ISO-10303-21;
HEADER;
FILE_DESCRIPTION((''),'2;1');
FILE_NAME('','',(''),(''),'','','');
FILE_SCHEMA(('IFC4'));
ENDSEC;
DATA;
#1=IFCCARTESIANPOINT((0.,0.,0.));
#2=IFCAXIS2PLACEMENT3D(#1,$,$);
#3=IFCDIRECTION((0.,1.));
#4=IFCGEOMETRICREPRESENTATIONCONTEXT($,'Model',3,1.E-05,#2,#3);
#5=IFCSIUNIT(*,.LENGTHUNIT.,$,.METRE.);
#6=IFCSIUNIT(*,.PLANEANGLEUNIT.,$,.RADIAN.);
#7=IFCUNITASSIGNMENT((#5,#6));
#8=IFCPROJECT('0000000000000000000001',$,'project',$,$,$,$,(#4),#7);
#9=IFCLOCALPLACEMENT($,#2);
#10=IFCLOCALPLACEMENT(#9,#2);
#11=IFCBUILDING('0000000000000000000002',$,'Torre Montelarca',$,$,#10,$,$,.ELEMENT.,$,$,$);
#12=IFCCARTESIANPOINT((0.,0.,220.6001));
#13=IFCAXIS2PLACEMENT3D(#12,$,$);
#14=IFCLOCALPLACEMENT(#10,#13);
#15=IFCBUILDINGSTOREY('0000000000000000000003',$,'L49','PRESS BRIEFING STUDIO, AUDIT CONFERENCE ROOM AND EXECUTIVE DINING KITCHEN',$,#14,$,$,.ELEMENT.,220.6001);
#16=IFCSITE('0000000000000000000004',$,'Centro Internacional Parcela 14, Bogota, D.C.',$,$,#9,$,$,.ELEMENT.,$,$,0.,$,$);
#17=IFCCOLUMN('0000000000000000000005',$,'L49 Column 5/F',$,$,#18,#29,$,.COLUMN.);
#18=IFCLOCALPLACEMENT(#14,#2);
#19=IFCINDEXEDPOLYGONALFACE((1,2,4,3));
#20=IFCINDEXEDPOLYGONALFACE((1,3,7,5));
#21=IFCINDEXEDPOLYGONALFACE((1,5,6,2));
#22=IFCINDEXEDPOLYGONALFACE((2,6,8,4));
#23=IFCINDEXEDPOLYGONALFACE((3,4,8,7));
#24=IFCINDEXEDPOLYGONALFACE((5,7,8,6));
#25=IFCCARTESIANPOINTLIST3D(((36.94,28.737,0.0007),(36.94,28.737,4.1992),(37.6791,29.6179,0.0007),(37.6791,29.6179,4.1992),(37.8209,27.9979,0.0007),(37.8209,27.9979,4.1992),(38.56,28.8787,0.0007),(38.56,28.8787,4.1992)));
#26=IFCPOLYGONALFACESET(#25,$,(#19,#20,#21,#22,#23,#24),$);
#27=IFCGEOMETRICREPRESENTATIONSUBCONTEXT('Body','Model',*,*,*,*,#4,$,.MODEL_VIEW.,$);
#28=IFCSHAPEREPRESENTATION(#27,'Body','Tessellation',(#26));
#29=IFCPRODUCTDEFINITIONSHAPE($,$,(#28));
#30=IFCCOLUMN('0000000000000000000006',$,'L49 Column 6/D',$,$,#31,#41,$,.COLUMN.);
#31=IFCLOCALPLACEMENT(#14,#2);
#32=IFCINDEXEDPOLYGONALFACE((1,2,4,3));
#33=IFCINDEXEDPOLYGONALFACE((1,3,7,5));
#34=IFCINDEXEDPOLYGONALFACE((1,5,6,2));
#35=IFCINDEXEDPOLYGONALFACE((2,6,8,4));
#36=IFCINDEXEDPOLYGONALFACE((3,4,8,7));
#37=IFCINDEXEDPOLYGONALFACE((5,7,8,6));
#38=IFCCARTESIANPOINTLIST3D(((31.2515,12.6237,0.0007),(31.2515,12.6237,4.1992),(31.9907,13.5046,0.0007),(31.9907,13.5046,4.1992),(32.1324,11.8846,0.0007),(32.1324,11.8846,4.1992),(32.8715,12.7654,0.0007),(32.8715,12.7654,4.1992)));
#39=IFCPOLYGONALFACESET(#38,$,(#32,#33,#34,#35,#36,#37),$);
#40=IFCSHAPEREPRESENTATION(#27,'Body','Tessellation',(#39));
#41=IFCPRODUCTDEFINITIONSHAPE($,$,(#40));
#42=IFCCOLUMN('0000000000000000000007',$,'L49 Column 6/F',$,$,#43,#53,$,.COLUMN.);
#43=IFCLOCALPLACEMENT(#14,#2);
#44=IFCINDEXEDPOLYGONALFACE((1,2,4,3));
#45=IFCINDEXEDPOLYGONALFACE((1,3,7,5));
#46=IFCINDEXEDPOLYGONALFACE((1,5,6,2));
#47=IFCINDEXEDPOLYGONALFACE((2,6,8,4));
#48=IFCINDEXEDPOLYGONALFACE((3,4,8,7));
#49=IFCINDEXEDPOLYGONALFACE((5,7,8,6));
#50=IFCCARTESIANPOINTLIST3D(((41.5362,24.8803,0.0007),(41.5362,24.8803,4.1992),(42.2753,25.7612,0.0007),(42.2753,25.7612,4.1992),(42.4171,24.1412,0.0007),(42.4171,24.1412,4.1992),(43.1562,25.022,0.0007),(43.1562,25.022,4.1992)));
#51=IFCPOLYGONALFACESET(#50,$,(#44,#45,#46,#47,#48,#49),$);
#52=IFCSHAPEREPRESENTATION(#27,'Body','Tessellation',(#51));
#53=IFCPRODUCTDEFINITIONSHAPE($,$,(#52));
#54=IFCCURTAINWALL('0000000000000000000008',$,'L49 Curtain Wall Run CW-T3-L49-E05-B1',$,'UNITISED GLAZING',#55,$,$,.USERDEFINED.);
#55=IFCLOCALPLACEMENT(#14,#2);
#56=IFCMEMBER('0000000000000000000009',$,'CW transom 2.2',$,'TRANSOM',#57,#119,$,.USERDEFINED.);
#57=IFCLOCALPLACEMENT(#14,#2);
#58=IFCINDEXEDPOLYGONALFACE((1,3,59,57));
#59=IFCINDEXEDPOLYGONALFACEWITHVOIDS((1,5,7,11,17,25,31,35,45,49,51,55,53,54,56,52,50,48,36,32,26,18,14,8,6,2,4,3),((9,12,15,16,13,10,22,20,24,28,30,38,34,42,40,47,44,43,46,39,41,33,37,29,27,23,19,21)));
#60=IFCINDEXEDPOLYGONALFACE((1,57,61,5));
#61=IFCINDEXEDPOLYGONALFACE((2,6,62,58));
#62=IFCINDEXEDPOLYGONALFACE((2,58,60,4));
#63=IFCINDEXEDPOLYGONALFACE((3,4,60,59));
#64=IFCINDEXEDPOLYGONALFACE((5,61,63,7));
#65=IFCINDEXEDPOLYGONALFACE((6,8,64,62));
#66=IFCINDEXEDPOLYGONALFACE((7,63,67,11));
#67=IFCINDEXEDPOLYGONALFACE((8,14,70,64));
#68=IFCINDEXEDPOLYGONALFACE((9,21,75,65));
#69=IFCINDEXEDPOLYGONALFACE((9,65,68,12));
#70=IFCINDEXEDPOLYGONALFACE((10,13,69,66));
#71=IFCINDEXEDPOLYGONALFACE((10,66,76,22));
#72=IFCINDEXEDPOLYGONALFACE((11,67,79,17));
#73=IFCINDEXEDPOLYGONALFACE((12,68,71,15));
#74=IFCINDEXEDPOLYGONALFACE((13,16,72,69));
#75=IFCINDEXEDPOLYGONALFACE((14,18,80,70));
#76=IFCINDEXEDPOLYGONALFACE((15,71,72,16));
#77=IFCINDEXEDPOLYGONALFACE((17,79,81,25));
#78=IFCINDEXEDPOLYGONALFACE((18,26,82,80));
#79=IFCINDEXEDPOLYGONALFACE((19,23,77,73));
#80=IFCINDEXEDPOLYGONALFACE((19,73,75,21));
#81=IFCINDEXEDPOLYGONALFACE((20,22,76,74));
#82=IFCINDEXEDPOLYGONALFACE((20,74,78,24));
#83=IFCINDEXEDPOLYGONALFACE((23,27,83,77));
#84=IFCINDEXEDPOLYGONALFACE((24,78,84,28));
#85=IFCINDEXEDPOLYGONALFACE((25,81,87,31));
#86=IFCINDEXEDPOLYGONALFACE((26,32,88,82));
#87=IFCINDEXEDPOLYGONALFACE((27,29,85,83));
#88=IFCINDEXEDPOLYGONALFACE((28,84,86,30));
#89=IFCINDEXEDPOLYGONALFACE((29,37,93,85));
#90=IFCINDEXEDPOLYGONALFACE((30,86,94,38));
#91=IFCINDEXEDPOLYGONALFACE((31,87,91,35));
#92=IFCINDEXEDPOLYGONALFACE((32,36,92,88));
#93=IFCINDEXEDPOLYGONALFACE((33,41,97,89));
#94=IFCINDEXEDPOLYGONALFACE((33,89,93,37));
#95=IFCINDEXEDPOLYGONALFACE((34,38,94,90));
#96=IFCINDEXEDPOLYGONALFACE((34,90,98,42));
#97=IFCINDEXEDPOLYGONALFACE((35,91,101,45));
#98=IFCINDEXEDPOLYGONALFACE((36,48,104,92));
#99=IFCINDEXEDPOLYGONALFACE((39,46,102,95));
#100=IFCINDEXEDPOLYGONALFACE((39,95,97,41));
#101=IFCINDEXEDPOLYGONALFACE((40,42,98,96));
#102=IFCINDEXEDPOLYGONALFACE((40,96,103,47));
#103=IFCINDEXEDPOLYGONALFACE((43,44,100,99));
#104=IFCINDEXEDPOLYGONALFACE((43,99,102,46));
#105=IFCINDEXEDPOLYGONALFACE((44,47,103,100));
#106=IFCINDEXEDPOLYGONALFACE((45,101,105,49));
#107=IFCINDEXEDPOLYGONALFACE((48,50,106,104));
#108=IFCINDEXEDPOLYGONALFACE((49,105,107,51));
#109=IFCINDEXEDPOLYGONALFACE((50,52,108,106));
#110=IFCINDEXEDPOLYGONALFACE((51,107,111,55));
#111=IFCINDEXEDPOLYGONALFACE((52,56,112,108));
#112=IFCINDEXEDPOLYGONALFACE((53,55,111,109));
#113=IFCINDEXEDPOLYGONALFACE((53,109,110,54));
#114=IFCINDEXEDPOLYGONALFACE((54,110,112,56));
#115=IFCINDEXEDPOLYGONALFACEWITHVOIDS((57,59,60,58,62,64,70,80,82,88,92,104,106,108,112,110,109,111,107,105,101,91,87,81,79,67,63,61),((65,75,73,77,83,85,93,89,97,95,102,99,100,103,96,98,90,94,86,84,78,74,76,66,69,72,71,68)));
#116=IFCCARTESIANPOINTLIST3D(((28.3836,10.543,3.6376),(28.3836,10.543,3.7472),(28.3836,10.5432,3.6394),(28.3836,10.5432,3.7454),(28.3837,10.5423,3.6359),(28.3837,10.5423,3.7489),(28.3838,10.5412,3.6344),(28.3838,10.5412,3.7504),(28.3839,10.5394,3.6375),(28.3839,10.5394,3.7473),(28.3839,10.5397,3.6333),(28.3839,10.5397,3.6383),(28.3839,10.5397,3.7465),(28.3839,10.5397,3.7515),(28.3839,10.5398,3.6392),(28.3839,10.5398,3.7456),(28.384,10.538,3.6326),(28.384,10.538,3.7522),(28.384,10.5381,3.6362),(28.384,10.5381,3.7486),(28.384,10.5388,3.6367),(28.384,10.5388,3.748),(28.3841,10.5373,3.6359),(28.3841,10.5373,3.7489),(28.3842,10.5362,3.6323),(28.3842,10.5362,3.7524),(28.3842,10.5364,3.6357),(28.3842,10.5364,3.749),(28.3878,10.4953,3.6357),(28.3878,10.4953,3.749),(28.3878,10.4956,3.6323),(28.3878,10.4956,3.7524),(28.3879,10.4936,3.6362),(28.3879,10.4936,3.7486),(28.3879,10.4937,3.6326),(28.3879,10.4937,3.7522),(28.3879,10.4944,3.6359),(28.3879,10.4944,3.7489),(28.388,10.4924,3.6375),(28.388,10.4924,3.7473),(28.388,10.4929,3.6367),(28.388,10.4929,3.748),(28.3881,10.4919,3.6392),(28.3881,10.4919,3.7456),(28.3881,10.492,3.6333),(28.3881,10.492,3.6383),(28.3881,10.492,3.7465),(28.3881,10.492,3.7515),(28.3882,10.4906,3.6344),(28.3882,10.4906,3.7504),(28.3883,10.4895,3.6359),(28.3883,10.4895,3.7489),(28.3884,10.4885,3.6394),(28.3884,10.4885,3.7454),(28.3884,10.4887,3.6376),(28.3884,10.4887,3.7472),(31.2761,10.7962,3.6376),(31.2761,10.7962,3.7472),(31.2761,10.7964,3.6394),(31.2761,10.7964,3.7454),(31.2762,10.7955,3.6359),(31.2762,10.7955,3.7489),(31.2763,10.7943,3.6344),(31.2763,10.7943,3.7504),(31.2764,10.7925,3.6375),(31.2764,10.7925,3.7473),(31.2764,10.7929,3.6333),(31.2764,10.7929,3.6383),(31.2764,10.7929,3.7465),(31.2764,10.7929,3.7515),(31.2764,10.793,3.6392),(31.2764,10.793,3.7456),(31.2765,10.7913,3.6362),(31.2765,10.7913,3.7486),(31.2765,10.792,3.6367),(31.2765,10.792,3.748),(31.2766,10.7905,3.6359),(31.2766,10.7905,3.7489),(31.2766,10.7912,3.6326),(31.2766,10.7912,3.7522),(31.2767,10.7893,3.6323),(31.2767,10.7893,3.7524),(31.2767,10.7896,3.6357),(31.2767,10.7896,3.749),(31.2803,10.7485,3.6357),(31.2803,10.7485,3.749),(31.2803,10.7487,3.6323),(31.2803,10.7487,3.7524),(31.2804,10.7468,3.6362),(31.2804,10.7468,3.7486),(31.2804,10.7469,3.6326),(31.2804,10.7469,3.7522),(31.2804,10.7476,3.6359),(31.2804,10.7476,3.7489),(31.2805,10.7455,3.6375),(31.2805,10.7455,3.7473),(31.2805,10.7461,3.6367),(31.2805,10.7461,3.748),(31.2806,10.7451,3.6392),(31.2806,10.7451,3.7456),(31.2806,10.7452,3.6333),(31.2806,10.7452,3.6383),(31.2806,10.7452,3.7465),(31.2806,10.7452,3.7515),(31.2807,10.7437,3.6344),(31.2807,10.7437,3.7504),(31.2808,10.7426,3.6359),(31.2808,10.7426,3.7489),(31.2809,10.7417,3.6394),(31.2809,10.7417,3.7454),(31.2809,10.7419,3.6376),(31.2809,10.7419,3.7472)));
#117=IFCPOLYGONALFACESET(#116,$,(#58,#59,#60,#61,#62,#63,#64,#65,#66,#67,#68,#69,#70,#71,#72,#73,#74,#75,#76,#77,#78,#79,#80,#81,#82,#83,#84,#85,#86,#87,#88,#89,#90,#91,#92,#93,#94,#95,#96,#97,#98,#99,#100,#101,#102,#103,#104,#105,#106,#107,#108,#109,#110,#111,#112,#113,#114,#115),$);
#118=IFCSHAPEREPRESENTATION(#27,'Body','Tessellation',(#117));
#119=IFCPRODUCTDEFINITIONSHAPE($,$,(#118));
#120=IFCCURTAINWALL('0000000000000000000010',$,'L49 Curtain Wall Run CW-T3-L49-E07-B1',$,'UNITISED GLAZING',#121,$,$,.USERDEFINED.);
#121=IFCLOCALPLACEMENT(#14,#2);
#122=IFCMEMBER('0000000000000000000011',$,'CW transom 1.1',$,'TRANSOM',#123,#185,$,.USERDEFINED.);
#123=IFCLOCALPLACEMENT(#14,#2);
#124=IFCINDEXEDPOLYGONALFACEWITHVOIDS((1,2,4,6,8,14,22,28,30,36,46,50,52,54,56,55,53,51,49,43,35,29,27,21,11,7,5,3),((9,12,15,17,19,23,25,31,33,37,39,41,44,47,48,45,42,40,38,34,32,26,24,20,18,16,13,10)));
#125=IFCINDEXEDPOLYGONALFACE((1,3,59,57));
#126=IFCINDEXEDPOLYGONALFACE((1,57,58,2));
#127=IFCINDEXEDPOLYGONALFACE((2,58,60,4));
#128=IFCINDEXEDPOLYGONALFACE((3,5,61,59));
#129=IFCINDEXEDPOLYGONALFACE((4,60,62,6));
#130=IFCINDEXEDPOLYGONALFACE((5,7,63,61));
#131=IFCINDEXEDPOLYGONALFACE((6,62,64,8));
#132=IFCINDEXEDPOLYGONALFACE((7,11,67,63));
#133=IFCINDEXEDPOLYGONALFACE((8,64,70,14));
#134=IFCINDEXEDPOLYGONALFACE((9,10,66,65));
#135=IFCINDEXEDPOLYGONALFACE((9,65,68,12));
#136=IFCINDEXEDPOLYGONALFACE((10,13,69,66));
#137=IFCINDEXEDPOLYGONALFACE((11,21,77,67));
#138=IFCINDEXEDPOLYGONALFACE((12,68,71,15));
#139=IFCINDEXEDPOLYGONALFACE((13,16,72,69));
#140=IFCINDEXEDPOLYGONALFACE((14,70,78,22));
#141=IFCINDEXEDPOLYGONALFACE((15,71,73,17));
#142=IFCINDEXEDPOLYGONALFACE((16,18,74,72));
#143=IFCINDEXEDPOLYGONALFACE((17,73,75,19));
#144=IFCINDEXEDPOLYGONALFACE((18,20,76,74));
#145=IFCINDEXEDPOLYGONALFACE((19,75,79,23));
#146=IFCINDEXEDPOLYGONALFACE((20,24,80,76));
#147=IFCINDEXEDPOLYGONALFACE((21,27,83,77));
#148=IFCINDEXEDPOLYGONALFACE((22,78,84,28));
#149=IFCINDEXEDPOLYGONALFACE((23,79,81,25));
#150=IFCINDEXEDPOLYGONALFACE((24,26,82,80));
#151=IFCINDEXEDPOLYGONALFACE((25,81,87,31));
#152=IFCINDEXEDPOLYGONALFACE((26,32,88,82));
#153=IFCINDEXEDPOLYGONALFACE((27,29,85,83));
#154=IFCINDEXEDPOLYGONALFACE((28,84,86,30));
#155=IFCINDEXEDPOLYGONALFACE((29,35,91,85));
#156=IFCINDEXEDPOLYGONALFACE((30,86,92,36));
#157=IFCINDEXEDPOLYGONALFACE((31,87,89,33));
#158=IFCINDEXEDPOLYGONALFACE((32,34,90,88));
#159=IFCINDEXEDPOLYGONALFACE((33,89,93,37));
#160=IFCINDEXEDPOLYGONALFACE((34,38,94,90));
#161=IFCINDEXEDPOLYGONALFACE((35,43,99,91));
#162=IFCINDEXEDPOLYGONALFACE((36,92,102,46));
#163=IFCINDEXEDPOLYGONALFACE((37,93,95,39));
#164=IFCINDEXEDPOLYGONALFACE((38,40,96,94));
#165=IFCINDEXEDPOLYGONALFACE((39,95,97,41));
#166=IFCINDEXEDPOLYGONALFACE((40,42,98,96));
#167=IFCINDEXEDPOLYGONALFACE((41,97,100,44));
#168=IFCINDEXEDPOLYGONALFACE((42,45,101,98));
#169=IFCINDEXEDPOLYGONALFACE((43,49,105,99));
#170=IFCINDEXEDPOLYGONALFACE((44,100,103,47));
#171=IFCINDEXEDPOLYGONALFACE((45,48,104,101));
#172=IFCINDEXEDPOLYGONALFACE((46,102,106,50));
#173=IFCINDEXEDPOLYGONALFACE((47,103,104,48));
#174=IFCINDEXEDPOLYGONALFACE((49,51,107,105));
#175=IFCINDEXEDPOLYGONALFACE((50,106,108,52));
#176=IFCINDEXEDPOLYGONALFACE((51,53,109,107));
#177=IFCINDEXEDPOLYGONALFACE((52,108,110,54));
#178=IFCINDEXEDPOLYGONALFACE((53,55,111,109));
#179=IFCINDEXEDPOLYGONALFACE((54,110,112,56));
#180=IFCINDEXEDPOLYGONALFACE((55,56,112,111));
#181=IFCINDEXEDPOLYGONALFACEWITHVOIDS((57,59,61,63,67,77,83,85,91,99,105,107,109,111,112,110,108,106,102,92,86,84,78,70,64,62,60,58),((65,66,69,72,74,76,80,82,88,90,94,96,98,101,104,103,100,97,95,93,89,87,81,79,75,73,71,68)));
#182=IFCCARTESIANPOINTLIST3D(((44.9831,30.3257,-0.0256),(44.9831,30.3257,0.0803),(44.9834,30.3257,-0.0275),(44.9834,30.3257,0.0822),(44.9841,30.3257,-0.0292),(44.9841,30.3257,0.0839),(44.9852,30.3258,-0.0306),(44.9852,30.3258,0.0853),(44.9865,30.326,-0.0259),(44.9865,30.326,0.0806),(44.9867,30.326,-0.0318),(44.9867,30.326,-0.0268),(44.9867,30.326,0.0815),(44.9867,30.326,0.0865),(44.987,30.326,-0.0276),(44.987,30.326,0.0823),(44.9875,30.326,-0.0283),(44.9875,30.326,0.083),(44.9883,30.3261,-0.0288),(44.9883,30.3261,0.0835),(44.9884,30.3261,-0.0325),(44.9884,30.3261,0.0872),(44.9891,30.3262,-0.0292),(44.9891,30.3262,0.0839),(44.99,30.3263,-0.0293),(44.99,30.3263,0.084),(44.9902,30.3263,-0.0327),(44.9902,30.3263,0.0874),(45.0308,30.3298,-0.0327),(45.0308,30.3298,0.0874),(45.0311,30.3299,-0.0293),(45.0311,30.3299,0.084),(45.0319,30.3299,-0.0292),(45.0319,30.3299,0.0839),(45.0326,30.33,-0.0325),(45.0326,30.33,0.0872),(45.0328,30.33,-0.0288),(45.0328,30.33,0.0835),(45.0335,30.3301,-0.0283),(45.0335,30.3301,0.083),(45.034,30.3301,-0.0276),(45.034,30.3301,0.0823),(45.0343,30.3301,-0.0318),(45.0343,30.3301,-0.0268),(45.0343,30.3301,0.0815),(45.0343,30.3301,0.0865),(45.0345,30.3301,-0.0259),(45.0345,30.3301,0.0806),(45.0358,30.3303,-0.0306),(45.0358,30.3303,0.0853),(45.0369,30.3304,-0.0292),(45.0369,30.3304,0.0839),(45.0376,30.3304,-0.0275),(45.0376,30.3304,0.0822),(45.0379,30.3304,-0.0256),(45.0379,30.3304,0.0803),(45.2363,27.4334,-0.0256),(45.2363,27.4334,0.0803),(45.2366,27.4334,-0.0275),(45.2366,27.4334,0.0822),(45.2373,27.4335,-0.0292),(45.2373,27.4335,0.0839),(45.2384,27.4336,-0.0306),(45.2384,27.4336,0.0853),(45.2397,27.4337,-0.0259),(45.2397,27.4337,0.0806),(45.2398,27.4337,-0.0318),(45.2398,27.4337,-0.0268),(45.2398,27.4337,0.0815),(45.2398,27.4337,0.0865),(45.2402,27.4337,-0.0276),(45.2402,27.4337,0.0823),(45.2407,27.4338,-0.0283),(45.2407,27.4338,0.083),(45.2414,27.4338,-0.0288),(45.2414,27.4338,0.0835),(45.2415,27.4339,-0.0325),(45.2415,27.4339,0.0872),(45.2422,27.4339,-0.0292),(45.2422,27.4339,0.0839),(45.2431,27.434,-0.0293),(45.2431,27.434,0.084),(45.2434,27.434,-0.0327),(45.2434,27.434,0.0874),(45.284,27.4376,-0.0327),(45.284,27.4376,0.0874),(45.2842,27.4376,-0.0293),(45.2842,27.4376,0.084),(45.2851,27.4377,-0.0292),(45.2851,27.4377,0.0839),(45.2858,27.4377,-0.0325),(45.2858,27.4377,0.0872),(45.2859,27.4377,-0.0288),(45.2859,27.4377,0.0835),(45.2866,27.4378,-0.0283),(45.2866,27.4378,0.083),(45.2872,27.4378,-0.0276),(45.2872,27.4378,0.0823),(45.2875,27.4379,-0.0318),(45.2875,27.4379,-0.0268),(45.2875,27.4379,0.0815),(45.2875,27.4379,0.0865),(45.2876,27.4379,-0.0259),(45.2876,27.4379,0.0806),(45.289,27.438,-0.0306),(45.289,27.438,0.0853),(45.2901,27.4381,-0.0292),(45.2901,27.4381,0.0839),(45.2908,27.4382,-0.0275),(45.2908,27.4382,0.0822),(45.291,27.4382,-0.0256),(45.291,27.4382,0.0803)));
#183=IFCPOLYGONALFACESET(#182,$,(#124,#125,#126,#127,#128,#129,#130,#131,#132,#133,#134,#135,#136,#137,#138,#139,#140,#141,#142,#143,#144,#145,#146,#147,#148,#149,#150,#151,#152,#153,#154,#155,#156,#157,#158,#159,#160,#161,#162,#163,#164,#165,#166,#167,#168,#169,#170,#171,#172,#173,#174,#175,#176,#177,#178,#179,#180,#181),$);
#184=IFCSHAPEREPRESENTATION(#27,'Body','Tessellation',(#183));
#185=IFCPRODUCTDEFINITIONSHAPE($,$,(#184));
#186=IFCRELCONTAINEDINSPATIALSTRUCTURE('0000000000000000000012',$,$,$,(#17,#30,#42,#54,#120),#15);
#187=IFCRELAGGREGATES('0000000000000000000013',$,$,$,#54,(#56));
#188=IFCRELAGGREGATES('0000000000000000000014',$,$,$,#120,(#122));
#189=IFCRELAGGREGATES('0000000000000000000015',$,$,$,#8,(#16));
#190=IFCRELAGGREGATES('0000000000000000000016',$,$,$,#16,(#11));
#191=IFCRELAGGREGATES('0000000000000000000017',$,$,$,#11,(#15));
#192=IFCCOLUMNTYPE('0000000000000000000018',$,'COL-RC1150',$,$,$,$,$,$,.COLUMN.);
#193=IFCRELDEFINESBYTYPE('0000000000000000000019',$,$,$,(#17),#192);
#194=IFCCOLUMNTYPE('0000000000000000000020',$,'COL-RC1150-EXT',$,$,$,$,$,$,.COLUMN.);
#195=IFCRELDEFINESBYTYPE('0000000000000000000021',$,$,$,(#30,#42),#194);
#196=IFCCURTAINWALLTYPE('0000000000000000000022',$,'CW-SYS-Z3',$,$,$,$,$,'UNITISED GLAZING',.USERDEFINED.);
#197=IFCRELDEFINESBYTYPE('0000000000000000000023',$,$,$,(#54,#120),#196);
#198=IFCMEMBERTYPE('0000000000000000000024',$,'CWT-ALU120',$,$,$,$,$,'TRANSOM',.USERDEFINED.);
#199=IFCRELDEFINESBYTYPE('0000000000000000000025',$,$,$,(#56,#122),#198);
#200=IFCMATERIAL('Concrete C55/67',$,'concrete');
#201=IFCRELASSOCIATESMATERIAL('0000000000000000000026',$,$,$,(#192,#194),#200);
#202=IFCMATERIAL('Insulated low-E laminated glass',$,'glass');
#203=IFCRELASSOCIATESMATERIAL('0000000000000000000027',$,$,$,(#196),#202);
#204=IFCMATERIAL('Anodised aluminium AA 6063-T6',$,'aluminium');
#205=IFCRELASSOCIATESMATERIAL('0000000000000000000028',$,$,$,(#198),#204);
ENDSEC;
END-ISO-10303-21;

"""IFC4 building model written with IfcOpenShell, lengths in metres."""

from ifc_helpers import new_model, si_unit, direction, frame, origin, origin_2d, place, context, subcontext, project, spatial, rectangle, hollow_rectangle, extrude, source, transform, mapped, material, material_profile, profile_set, type_object, element, aggregate, save


model = new_model("IFC4")

# Units and contexts
model_context = context("Model", 3, precision=1e-05, world=origin(), true_north=direction((0.0, 1.0)))
body_context = subcontext(model_context, "Body", "Model", "MODEL_VIEW")
ifc_project = project(units=[si_unit("LENGTHUNIT", "METRE"), si_unit("PLANEANGLEUNIT", "RADIAN")], contexts=[model_context])

# Site, building, storey
site_placement = place(None, origin())
site = spatial("IfcSite", under=ifc_project, at=site_placement, Name="Centro Internacional Parcela 14, Bogota, D.C.", CompositionType="ELEMENT", RefElevation=0.0)
building_placement = place(site_placement, origin())
building = spatial("IfcBuilding", under=site, at=building_placement, Name="Torre Montelarca", CompositionType="ELEMENT")
storey_placement = place(building_placement, frame((0.0, 0.0, 220.6001)))
storey = spatial("IfcBuildingStorey", under=building, at=storey_placement, Name="L49", Description="PRESS BRIEFING STUDIO, AUDIT CONFERENCE ROOM AND EXECUTIVE DINING KITCHEN", CompositionType="ELEMENT", Elevation=220.6001)

# Columns
ifc_material_1 = material(Name="Concrete C55/67", Category="concrete")
ifc_material_profile_1 = material_profile(ifc_material_1, rectangle(XDim=1.1499, YDim=1.1499, at=origin_2d()), Name="RC1150X1150", Category="concrete")
ifc_profile_set_1 = profile_set([ifc_material_profile_1], Name="Concrete C55/67")
column_type_1 = type_object("IfcColumnType", Name="COL-RC1150", PredefinedType="COLUMN", material=ifc_profile_set_1)
shared_shape_1 = source(origin(), body_context, "Body", "SweptSolid", [
    extrude(rectangle(XDim=1.1499, YDim=1.1499, at=origin_2d()), origin(), (0.0, 0.0, 1.0), 4.1985),
])
column_placement = place(storey_placement, frame((37.75, 28.8079, 0.0007), z_axis=(0.0, 0.0, 1.0), x_axis=(-0.766044, 0.642788, 0.0)))
element("IfcColumn", 1, at=column_placement, inside=storey, type_object=column_type_1, Name="L49 Column 5/F", PredefinedType="COLUMN", context=body_context, shape_type="MappedRepresentation", body=[
    mapped(shared_shape_1, transform((0.0, 0.0, 0.0), scale=1.0)),
])
ifc_material_profile_2 = material_profile(ifc_material_1, rectangle(XDim=1.1499, YDim=1.1499, at=origin_2d()), Name="RC1150X1150", Category="concrete")
ifc_profile_set_2 = profile_set([ifc_material_profile_2], Name="Concrete C55/67")
column_type_2 = type_object("IfcColumnType", Name="COL-RC1150-EXT", PredefinedType="COLUMN", material=ifc_profile_set_2)
shared_shape_2 = source(origin(), body_context, "Body", "SweptSolid", [
    extrude(rectangle(XDim=1.1499, YDim=1.1499, at=origin_2d()), origin(), (0.0, 0.0, 1.0), 4.1985),
])
for number, where, z_axis, x_axis, name in (
    (2, (32.0615, 12.6946, 0.0007), (0.0, 0.0, 1.0), (-0.766044, 0.642788, 0.0), "L49 Column 6/D"),
    (3, (42.3462, 24.9512, 0.0007), (0.0, 0.0, 1.0), (-0.766044, 0.642788, 0.0), "L49 Column 6/F"),
):
    element("IfcColumn", number, at=place(storey_placement, frame(where, z_axis=z_axis, x_axis=x_axis)), inside=storey, type_object=column_type_2, Name=name, PredefinedType="COLUMN", context=body_context, shape_type="MappedRepresentation", body=[
        mapped(shared_shape_2, transform((0.0, 0.0, 0.0), scale=1.0)),
    ])

# Curtain wall, member
ifc_material_2 = material(Name="Insulated low-E laminated glass", Category="glass")
curtain_wall_type = type_object("IfcCurtainWallType", Name="CW-SYS-Z3", ElementType="UNITISED GLAZING", PredefinedType="USERDEFINED", material=ifc_material_2)
curtain_wall_1_placement = place(storey_placement, origin())
curtain_wall_1 = element("IfcCurtainWall", 4, at=curtain_wall_1_placement, inside=storey, type_object=curtain_wall_type, Name="L49 Curtain Wall Run CW-T3-L49-E05-B1", ObjectType="UNITISED GLAZING", PredefinedType="USERDEFINED")
ifc_material_3 = material(Name="Anodised aluminium AA 6063-T6", Category="aluminium")
ifc_material_profile_3 = material_profile(ifc_material_3, hollow_rectangle(XDim=0.0549, YDim=0.1201, WallThickness=0.0034, InnerFilletRadius=0.0034, OuterFilletRadius=0.0071, at=origin_2d()), Name="ALU55X120X3.5", Category="aluminium")
ifc_profile_set_3 = profile_set([ifc_material_profile_3], Name="Anodised aluminium AA 6063-T6")
member_type_1 = type_object("IfcMemberType", Name="CWT-ALU120", ElementType="TRANSOM", PredefinedType="USERDEFINED", material=ifc_profile_set_3)
shared_shape_3 = source(origin(), body_context, "Body", "SweptSolid", [
    extrude(hollow_rectangle(XDim=0.0549, YDim=0.1201, WallThickness=0.0034, InnerFilletRadius=0.0034, OuterFilletRadius=0.0071, at=origin_2d()), origin(), (0.0, 0.0, 1.0), 2.9036),
])
member_1_placement = place(storey_placement, frame((28.386, 10.5159, 3.6924), z_axis=(0.996192, 0.087192, 0.0), x_axis=(-0.087192, 0.996192, 0.0)))
member_1 = element("IfcMember", 5, at=member_1_placement, type_object=member_type_1, Name="CW transom 2.2", ObjectType="TRANSOM", PredefinedType="USERDEFINED", context=body_context, shape_type="MappedRepresentation", body=[
    mapped(shared_shape_3, transform((0.0, 0.0, 0.0), scale=1.0)),
])

# Curtain wall, member
curtain_wall_2_placement = place(storey_placement, origin())
curtain_wall_2 = element("IfcCurtainWall", 6, at=curtain_wall_2_placement, inside=storey, type_object=curtain_wall_type, Name="L49 Curtain Wall Run CW-T3-L49-E07-B1", ObjectType="UNITISED GLAZING", PredefinedType="USERDEFINED")
shared_shape_4 = source(origin(), body_context, "Body", "SweptSolid", [
    extrude(hollow_rectangle(XDim=0.0549, YDim=0.1201, WallThickness=0.0034, InnerFilletRadius=0.0034, OuterFilletRadius=0.0071, at=origin_2d()), origin(), (0.0, 0.0, 1.0), 2.9033),
])
member_2_placement = place(storey_placement, frame((45.2637, 27.4358, 0.0273), z_axis=(-0.087199, 0.996191, 0.0), x_axis=(-0.996191, -0.087199, 0.0)))
member_2 = element("IfcMember", 7, at=member_2_placement, type_object=member_type_1, Name="CW transom 1.1", ObjectType="TRANSOM", PredefinedType="USERDEFINED", context=body_context, shape_type="MappedRepresentation", body=[
    mapped(shared_shape_4, transform((0.0, 0.0, 0.0), scale=1.0)),
])

aggregate(curtain_wall_1, [member_1])
aggregate(curtain_wall_2, [member_2])

save(model, "model.ifc")
